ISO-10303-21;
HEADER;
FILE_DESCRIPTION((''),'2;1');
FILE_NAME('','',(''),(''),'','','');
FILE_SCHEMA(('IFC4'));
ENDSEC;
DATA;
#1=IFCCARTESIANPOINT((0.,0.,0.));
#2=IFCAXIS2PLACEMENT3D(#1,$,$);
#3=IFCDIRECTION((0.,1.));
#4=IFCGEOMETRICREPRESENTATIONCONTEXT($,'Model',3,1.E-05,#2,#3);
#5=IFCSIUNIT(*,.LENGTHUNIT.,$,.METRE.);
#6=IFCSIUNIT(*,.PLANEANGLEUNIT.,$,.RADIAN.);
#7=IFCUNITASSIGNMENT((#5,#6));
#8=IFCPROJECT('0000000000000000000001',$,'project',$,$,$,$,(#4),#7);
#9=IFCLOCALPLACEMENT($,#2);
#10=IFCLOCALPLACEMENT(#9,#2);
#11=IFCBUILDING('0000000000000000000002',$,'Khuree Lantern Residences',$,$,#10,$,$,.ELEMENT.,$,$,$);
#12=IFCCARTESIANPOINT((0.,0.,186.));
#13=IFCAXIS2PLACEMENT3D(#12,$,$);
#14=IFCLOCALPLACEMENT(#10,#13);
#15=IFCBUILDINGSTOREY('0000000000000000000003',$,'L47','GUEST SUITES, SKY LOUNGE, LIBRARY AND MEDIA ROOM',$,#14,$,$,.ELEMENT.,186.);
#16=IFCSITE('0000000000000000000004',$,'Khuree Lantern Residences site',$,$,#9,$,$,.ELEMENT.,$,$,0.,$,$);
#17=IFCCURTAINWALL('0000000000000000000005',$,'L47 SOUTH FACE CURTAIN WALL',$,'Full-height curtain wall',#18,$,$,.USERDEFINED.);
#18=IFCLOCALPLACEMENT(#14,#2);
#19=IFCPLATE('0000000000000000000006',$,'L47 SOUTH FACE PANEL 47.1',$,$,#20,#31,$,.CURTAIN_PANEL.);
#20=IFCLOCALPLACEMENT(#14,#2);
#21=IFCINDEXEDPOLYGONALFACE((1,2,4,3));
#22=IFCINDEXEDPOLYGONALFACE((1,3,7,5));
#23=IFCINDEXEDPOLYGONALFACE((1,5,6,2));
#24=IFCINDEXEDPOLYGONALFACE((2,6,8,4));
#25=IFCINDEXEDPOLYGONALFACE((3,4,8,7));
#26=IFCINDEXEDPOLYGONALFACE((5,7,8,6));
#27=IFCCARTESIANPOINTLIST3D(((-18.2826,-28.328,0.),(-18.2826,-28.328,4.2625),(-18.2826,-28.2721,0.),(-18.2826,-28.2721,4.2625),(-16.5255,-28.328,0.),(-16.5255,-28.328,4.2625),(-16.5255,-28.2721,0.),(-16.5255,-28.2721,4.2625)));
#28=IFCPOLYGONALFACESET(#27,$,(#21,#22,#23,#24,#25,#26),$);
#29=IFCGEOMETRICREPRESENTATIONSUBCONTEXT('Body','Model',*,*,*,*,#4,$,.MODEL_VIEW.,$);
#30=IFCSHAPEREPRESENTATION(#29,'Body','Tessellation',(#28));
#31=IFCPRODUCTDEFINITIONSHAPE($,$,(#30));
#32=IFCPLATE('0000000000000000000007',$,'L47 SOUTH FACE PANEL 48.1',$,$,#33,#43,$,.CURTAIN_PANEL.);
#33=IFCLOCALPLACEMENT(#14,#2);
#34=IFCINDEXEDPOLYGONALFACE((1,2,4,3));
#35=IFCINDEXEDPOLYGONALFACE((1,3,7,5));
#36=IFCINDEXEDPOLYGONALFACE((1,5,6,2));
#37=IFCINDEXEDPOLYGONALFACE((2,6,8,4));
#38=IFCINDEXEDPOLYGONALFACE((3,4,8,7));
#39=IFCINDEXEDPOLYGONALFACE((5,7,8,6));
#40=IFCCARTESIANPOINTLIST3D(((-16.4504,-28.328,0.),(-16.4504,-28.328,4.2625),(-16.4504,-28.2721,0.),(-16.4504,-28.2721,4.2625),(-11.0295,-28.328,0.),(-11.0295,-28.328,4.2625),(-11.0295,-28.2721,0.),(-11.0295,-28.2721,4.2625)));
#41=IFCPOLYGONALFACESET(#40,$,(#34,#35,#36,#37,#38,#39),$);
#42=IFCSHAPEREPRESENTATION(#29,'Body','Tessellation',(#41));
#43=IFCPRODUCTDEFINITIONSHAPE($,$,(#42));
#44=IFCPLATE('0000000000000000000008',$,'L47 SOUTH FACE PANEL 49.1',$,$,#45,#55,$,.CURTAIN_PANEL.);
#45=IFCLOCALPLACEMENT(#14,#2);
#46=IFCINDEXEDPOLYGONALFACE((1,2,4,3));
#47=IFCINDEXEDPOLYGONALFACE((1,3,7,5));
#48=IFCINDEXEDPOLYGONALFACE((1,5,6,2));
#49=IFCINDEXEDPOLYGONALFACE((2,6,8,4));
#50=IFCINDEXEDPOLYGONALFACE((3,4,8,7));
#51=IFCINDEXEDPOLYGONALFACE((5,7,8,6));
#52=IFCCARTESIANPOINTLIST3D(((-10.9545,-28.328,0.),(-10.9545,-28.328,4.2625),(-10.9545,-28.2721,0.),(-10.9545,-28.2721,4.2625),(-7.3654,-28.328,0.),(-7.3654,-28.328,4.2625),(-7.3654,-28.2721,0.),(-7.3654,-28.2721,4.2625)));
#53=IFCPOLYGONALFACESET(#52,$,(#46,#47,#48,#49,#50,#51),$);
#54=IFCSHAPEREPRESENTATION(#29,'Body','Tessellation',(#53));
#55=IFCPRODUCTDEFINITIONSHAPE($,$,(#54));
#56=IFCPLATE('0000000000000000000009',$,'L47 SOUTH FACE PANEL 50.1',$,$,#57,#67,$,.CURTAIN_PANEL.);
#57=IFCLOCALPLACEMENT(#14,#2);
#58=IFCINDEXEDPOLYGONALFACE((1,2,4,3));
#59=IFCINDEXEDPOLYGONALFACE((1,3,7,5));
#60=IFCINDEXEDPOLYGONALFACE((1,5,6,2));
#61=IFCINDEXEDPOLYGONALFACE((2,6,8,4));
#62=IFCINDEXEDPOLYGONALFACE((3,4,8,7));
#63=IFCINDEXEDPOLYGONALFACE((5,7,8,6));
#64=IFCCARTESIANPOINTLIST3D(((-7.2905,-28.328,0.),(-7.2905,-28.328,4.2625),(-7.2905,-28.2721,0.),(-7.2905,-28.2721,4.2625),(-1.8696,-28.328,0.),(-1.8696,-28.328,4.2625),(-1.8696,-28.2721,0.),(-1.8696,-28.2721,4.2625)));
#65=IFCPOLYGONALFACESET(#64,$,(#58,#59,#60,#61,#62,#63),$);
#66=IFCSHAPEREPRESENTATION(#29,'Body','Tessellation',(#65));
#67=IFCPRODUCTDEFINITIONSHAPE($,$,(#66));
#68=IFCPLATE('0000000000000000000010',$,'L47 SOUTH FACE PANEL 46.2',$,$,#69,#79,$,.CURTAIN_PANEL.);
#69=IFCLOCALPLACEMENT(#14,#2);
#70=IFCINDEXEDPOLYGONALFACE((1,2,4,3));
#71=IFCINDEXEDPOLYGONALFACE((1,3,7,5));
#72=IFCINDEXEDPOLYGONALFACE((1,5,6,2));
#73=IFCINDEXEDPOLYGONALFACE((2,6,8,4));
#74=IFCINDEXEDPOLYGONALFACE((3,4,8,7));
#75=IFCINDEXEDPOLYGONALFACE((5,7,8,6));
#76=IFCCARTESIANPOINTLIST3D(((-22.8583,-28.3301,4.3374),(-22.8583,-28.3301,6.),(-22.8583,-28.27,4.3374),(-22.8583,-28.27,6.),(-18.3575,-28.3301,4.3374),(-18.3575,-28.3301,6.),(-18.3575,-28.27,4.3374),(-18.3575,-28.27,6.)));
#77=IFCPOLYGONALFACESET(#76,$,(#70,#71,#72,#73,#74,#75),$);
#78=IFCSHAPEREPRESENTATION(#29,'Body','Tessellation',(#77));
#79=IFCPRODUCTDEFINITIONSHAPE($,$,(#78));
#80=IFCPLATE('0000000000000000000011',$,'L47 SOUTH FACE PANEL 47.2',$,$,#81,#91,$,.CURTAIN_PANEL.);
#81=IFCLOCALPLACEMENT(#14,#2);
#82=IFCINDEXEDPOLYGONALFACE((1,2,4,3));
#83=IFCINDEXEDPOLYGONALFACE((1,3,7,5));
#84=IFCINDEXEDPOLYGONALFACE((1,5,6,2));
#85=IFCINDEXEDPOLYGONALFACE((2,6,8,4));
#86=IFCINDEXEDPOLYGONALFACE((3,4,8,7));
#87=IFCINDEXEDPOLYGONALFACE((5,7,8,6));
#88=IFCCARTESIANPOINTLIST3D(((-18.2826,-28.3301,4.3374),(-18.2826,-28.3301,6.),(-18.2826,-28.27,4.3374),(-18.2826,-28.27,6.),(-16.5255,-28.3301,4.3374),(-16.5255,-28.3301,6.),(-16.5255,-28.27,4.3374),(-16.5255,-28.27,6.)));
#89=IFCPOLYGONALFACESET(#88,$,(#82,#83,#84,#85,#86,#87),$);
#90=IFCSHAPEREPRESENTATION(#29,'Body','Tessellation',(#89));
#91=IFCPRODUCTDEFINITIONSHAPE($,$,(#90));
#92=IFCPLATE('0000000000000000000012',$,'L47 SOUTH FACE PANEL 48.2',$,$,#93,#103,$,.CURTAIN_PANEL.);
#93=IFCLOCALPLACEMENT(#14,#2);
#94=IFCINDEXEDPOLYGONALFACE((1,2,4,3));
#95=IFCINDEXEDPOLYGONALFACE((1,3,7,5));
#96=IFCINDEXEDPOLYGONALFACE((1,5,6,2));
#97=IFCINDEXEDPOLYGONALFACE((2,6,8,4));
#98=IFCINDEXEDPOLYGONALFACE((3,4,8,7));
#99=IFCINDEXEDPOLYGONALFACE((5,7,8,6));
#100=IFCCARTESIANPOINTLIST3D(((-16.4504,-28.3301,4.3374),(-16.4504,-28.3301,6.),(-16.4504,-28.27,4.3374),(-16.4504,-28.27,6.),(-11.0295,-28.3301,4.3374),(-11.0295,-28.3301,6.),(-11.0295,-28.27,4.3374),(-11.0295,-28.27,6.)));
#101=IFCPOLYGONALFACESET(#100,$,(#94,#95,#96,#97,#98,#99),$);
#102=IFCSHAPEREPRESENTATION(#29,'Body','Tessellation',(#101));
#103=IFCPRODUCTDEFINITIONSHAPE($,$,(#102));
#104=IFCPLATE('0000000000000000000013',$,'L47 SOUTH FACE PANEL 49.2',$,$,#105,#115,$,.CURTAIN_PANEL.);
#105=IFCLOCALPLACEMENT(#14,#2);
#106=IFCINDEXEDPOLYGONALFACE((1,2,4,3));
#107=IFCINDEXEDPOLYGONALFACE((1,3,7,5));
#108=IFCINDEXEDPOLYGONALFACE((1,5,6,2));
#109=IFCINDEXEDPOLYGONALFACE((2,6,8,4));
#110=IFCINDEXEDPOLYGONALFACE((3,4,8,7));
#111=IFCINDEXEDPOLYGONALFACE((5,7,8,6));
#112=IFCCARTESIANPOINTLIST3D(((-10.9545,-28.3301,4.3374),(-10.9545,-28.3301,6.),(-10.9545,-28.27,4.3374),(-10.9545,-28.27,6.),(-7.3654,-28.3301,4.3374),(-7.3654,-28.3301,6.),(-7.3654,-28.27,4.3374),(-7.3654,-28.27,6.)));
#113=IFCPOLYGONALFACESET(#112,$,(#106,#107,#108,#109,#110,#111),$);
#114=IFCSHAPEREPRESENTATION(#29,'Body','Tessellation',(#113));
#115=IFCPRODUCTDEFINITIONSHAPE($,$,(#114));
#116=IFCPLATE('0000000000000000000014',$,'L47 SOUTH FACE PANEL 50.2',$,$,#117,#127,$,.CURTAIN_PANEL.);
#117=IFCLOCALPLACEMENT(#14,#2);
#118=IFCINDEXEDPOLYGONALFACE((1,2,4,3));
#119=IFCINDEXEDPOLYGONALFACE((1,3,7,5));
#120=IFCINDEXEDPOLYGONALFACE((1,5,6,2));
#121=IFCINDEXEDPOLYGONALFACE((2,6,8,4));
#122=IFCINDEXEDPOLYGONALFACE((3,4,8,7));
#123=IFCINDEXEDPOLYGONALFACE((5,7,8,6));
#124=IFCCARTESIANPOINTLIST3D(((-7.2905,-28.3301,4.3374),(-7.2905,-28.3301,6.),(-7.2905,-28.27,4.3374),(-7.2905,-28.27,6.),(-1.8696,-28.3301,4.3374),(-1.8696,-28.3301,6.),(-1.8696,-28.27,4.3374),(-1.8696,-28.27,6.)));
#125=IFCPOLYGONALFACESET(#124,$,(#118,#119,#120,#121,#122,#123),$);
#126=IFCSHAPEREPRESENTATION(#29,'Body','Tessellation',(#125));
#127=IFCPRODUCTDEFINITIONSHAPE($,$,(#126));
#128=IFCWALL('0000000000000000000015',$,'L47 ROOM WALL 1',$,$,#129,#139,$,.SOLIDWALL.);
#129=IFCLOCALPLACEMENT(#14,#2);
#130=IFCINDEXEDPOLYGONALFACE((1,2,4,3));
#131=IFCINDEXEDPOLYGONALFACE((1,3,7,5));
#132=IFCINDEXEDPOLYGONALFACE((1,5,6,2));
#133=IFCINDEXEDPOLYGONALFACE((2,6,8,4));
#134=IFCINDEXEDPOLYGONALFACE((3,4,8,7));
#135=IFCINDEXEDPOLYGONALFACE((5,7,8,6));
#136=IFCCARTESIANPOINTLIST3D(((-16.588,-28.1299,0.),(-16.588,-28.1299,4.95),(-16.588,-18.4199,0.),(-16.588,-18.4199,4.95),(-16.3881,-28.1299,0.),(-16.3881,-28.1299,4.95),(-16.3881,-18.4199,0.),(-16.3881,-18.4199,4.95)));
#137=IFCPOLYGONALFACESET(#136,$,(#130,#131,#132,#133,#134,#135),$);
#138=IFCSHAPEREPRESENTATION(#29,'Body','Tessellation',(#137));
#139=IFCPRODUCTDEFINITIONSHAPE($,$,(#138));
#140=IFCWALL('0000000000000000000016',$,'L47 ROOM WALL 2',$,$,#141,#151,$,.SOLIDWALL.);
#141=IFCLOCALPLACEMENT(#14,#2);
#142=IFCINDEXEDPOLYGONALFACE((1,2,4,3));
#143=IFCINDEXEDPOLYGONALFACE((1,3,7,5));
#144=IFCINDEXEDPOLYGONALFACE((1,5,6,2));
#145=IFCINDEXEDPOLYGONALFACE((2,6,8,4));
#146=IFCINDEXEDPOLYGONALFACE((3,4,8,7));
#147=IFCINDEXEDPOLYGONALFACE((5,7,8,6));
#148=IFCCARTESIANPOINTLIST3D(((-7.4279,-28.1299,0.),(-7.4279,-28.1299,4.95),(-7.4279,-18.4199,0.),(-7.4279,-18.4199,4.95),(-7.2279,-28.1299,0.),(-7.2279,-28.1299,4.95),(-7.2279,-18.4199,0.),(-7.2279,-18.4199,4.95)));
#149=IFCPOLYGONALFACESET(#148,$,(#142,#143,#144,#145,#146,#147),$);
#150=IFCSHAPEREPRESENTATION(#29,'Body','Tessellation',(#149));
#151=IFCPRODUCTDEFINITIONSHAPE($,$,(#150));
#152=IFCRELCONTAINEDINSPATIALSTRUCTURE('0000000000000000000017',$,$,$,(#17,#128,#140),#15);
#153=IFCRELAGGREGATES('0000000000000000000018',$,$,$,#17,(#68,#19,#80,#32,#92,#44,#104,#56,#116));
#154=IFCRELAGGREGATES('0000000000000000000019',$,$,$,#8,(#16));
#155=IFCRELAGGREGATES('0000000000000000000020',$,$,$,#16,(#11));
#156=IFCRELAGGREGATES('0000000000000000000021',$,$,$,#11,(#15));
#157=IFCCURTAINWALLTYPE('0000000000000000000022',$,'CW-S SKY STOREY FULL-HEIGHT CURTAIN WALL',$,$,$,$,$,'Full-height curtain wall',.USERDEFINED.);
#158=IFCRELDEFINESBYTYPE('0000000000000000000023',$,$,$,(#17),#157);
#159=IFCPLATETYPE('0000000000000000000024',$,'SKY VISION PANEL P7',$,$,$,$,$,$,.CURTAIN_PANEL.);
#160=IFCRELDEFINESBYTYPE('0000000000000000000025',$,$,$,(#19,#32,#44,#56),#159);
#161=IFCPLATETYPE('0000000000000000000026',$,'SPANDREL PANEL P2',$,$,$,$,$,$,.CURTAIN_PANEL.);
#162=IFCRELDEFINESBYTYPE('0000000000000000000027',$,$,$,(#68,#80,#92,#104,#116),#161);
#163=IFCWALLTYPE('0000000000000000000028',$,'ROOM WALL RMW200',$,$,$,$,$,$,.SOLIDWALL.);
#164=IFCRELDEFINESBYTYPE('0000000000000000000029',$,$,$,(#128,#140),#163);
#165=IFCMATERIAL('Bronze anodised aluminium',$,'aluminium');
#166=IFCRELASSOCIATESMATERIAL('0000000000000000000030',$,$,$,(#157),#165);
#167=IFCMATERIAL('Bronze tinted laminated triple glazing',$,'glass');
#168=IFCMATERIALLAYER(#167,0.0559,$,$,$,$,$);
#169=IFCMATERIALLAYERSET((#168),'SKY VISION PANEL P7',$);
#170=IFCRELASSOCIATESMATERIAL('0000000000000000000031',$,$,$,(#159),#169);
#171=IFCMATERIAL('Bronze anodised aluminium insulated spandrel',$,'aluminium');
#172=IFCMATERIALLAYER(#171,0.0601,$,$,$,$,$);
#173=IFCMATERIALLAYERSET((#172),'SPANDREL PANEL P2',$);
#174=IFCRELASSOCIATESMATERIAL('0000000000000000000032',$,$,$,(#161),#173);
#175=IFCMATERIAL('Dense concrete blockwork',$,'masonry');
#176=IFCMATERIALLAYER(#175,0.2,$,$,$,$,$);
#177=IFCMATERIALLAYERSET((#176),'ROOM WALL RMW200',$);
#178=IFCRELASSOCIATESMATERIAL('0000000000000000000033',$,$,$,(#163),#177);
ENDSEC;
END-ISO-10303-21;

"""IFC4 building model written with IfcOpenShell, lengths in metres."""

from ifc_helpers import new_model, si_unit, direction, frame, frame_2d, origin, origin_2d, place, context, subcontext, project, spatial, rectangle, extrude, material, layer, layer_set, type_object, element, aggregate, save


model = new_model("IFC4")

# Units and contexts
model_context = context("Model", 3, precision=1e-05, world=origin(), true_north=direction((0.0, 1.0)))
body_context = subcontext(model_context, "Body", "Model", "MODEL_VIEW")
ifc_project = project(units=[si_unit("LENGTHUNIT", "METRE"), si_unit("PLANEANGLEUNIT", "RADIAN")], contexts=[model_context])

# Site, building, storey
site_placement = place(None, origin())
site = spatial("IfcSite", under=ifc_project, at=site_placement, Name="Khuree Lantern Residences site", CompositionType="ELEMENT", RefElevation=0.0)
building_placement = place(site_placement, origin())
building = spatial("IfcBuilding", under=site, at=building_placement, Name="Khuree Lantern Residences", CompositionType="ELEMENT")
storey_placement = place(building_placement, frame((0.0, 0.0, 186.0)))
storey = spatial("IfcBuildingStorey", under=building, at=storey_placement, Name="L47", Description="GUEST SUITES, SKY LOUNGE, LIBRARY AND MEDIA ROOM", CompositionType="ELEMENT", Elevation=186.0)

# Curtain wall
ifc_material_1 = material(Name="Bronze anodised aluminium", Category="aluminium")
curtain_wall_type = type_object("IfcCurtainWallType", Name="CW-S SKY STOREY FULL-HEIGHT CURTAIN WALL", ElementType="Full-height curtain wall", PredefinedType="USERDEFINED", material=ifc_material_1)
curtain_wall_placement = place(storey_placement, origin())
curtain_wall = element("IfcCurtainWall", 1, at=curtain_wall_placement, inside=storey, type_object=curtain_wall_type, Name="L47 SOUTH FACE CURTAIN WALL", ObjectType="Full-height curtain wall", PredefinedType="USERDEFINED")

# Plates
ifc_material_2 = material(Name="Bronze tinted laminated triple glazing", Category="glass")
ifc_layer_1 = layer(ifc_material_2, 0.0559)
ifc_layer_set_1 = layer_set([ifc_layer_1], Name="SKY VISION PANEL P7")
plate_type_1 = type_object("IfcPlateType", Name="SKY VISION PANEL P7", PredefinedType="CURTAIN_PANEL", material=ifc_layer_set_1)
plate_1_placement = place(storey_placement, frame((-17.4041, -28.3, 0.0), z_axis=(0.0, 0.0, 1.0), x_axis=(1.0, 0.0, 0.0)))
plate_1 = element("IfcPlate", 2, at=plate_1_placement, type_object=plate_type_1, Name="L47 SOUTH FACE PANEL 47.1", PredefinedType="CURTAIN_PANEL", context=body_context, shape_type="SweptSolid", body=[
    extrude(rectangle(XDim=1.7571, YDim=0.0559, at=origin_2d()), origin(), (0.0, 0.0, 1.0), 4.2625),
])
plate_2_placement = place(storey_placement, frame((-13.74, -28.3, 0.0), z_axis=(0.0, 0.0, 1.0), x_axis=(1.0, 0.0, 0.0)))
plate_2 = element("IfcPlate", 3, at=plate_2_placement, type_object=plate_type_1, Name="L47 SOUTH FACE PANEL 48.1", PredefinedType="CURTAIN_PANEL", context=body_context, shape_type="SweptSolid", body=[
    extrude(rectangle(XDim=5.4209, YDim=0.0559, at=origin_2d()), origin(), (0.0, 0.0, 1.0), 4.2625),
])
plate_3_placement = place(storey_placement, frame((-9.1599, -28.3, 0.0), z_axis=(0.0, 0.0, 1.0), x_axis=(1.0, 0.0, 0.0)))
plate_3 = element("IfcPlate", 4, at=plate_3_placement, type_object=plate_type_1, Name="L47 SOUTH FACE PANEL 49.1", PredefinedType="CURTAIN_PANEL", context=body_context, shape_type="SweptSolid", body=[
    extrude(rectangle(XDim=3.5891, YDim=0.0559, at=origin_2d()), origin(), (0.0, 0.0, 1.0), 4.2625),
])
plate_4_placement = place(storey_placement, frame((-4.5801, -28.3, 0.0), z_axis=(0.0, 0.0, 1.0), x_axis=(1.0, 0.0, 0.0)))
plate_4 = element("IfcPlate", 5, at=plate_4_placement, type_object=plate_type_1, Name="L47 SOUTH FACE PANEL 50.1", PredefinedType="CURTAIN_PANEL", context=body_context, shape_type="SweptSolid", body=[
    extrude(rectangle(XDim=5.4209, YDim=0.0559, at=origin_2d()), origin(), (0.0, 0.0, 1.0), 4.2625),
])
ifc_material_3 = material(Name="Bronze anodised aluminium insulated spandrel", Category="aluminium")
ifc_layer_2 = layer(ifc_material_3, 0.0601)
ifc_layer_set_2 = layer_set([ifc_layer_2], Name="SPANDREL PANEL P2")
plate_type_2 = type_object("IfcPlateType", Name="SPANDREL PANEL P2", PredefinedType="CURTAIN_PANEL", material=ifc_layer_set_2)
plate_5_placement = place(storey_placement, frame((-20.6079, -28.3, 4.3374), z_axis=(0.0, 0.0, 1.0), x_axis=(1.0, 0.0, 0.0)))
plate_5 = element("IfcPlate", 6, at=plate_5_placement, type_object=plate_type_2, Name="L47 SOUTH FACE PANEL 46.2", PredefinedType="CURTAIN_PANEL", context=body_context, shape_type="SweptSolid", body=[
    extrude(rectangle(XDim=4.5007, YDim=0.0601, at=origin_2d()), origin(), (0.0, 0.0, 1.0), 1.6626),
])
plate_6_placement = place(storey_placement, frame((-17.4041, -28.3, 4.3374), z_axis=(0.0, 0.0, 1.0), x_axis=(1.0, 0.0, 0.0)))
plate_6 = element("IfcPlate", 7, at=plate_6_placement, type_object=plate_type_2, Name="L47 SOUTH FACE PANEL 47.2", PredefinedType="CURTAIN_PANEL", context=body_context, shape_type="SweptSolid", body=[
    extrude(rectangle(XDim=1.7571, YDim=0.0601, at=origin_2d()), origin(), (0.0, 0.0, 1.0), 1.6626),
])
plate_7_placement = place(storey_placement, frame((-13.74, -28.3, 4.3374), z_axis=(0.0, 0.0, 1.0), x_axis=(1.0, 0.0, 0.0)))
plate_7 = element("IfcPlate", 8, at=plate_7_placement, type_object=plate_type_2, Name="L47 SOUTH FACE PANEL 48.2", PredefinedType="CURTAIN_PANEL", context=body_context, shape_type="SweptSolid", body=[
    extrude(rectangle(XDim=5.4209, YDim=0.0601, at=origin_2d()), origin(), (0.0, 0.0, 1.0), 1.6626),
])
plate_8_placement = place(storey_placement, frame((-9.1599, -28.3, 4.3374), z_axis=(0.0, 0.0, 1.0), x_axis=(1.0, 0.0, 0.0)))
plate_8 = element("IfcPlate", 9, at=plate_8_placement, type_object=plate_type_2, Name="L47 SOUTH FACE PANEL 49.2", PredefinedType="CURTAIN_PANEL", context=body_context, shape_type="SweptSolid", body=[
    extrude(rectangle(XDim=3.5891, YDim=0.0601, at=origin_2d()), origin(), (0.0, 0.0, 1.0), 1.6626),
])
plate_9_placement = place(storey_placement, frame((-4.5801, -28.3, 4.3374), z_axis=(0.0, 0.0, 1.0), x_axis=(1.0, 0.0, 0.0)))
plate_9 = element("IfcPlate", 10, at=plate_9_placement, type_object=plate_type_2, Name="L47 SOUTH FACE PANEL 50.2", PredefinedType="CURTAIN_PANEL", context=body_context, shape_type="SweptSolid", body=[
    extrude(rectangle(XDim=5.4209, YDim=0.0601, at=origin_2d()), origin(), (0.0, 0.0, 1.0), 1.6626),
])
aggregate(curtain_wall, [plate_5, plate_1, plate_6, plate_2, plate_7, plate_3, plate_8, plate_4, plate_9])

# Walls
ifc_material_4 = material(Name="Dense concrete blockwork", Category="masonry")
ifc_layer_3 = layer(ifc_material_4, 0.2)
ifc_layer_set_3 = layer_set([ifc_layer_3], Name="ROOM WALL RMW200")
wall_type = type_object("IfcWallType", Name="ROOM WALL RMW200", PredefinedType="SOLIDWALL", material=ifc_layer_set_3)
for number, where, z_axis, x_axis, name in (
    (11, (-16.488, -28.1299, 0.0), (0.0, 0.0, 1.0), (0.0, 1.0, 0.0), "L47 ROOM WALL 1"),
    (12, (-7.3279, -28.1299, 0.0), (0.0, 0.0, 1.0), (0.0, 1.0, 0.0), "L47 ROOM WALL 2"),
):
    element("IfcWall", number, at=place(storey_placement, frame(where, z_axis=z_axis, x_axis=x_axis)), inside=storey, type_object=wall_type, Name=name, PredefinedType="SOLIDWALL", context=body_context, shape_type="SweptSolid", body=[
        extrude(rectangle(XDim=9.71, YDim=0.2, at=frame_2d((4.855, 0.0))), origin(), (0.0, 0.0, 1.0), 4.95),
    ])

save(model, "model.ifc")
